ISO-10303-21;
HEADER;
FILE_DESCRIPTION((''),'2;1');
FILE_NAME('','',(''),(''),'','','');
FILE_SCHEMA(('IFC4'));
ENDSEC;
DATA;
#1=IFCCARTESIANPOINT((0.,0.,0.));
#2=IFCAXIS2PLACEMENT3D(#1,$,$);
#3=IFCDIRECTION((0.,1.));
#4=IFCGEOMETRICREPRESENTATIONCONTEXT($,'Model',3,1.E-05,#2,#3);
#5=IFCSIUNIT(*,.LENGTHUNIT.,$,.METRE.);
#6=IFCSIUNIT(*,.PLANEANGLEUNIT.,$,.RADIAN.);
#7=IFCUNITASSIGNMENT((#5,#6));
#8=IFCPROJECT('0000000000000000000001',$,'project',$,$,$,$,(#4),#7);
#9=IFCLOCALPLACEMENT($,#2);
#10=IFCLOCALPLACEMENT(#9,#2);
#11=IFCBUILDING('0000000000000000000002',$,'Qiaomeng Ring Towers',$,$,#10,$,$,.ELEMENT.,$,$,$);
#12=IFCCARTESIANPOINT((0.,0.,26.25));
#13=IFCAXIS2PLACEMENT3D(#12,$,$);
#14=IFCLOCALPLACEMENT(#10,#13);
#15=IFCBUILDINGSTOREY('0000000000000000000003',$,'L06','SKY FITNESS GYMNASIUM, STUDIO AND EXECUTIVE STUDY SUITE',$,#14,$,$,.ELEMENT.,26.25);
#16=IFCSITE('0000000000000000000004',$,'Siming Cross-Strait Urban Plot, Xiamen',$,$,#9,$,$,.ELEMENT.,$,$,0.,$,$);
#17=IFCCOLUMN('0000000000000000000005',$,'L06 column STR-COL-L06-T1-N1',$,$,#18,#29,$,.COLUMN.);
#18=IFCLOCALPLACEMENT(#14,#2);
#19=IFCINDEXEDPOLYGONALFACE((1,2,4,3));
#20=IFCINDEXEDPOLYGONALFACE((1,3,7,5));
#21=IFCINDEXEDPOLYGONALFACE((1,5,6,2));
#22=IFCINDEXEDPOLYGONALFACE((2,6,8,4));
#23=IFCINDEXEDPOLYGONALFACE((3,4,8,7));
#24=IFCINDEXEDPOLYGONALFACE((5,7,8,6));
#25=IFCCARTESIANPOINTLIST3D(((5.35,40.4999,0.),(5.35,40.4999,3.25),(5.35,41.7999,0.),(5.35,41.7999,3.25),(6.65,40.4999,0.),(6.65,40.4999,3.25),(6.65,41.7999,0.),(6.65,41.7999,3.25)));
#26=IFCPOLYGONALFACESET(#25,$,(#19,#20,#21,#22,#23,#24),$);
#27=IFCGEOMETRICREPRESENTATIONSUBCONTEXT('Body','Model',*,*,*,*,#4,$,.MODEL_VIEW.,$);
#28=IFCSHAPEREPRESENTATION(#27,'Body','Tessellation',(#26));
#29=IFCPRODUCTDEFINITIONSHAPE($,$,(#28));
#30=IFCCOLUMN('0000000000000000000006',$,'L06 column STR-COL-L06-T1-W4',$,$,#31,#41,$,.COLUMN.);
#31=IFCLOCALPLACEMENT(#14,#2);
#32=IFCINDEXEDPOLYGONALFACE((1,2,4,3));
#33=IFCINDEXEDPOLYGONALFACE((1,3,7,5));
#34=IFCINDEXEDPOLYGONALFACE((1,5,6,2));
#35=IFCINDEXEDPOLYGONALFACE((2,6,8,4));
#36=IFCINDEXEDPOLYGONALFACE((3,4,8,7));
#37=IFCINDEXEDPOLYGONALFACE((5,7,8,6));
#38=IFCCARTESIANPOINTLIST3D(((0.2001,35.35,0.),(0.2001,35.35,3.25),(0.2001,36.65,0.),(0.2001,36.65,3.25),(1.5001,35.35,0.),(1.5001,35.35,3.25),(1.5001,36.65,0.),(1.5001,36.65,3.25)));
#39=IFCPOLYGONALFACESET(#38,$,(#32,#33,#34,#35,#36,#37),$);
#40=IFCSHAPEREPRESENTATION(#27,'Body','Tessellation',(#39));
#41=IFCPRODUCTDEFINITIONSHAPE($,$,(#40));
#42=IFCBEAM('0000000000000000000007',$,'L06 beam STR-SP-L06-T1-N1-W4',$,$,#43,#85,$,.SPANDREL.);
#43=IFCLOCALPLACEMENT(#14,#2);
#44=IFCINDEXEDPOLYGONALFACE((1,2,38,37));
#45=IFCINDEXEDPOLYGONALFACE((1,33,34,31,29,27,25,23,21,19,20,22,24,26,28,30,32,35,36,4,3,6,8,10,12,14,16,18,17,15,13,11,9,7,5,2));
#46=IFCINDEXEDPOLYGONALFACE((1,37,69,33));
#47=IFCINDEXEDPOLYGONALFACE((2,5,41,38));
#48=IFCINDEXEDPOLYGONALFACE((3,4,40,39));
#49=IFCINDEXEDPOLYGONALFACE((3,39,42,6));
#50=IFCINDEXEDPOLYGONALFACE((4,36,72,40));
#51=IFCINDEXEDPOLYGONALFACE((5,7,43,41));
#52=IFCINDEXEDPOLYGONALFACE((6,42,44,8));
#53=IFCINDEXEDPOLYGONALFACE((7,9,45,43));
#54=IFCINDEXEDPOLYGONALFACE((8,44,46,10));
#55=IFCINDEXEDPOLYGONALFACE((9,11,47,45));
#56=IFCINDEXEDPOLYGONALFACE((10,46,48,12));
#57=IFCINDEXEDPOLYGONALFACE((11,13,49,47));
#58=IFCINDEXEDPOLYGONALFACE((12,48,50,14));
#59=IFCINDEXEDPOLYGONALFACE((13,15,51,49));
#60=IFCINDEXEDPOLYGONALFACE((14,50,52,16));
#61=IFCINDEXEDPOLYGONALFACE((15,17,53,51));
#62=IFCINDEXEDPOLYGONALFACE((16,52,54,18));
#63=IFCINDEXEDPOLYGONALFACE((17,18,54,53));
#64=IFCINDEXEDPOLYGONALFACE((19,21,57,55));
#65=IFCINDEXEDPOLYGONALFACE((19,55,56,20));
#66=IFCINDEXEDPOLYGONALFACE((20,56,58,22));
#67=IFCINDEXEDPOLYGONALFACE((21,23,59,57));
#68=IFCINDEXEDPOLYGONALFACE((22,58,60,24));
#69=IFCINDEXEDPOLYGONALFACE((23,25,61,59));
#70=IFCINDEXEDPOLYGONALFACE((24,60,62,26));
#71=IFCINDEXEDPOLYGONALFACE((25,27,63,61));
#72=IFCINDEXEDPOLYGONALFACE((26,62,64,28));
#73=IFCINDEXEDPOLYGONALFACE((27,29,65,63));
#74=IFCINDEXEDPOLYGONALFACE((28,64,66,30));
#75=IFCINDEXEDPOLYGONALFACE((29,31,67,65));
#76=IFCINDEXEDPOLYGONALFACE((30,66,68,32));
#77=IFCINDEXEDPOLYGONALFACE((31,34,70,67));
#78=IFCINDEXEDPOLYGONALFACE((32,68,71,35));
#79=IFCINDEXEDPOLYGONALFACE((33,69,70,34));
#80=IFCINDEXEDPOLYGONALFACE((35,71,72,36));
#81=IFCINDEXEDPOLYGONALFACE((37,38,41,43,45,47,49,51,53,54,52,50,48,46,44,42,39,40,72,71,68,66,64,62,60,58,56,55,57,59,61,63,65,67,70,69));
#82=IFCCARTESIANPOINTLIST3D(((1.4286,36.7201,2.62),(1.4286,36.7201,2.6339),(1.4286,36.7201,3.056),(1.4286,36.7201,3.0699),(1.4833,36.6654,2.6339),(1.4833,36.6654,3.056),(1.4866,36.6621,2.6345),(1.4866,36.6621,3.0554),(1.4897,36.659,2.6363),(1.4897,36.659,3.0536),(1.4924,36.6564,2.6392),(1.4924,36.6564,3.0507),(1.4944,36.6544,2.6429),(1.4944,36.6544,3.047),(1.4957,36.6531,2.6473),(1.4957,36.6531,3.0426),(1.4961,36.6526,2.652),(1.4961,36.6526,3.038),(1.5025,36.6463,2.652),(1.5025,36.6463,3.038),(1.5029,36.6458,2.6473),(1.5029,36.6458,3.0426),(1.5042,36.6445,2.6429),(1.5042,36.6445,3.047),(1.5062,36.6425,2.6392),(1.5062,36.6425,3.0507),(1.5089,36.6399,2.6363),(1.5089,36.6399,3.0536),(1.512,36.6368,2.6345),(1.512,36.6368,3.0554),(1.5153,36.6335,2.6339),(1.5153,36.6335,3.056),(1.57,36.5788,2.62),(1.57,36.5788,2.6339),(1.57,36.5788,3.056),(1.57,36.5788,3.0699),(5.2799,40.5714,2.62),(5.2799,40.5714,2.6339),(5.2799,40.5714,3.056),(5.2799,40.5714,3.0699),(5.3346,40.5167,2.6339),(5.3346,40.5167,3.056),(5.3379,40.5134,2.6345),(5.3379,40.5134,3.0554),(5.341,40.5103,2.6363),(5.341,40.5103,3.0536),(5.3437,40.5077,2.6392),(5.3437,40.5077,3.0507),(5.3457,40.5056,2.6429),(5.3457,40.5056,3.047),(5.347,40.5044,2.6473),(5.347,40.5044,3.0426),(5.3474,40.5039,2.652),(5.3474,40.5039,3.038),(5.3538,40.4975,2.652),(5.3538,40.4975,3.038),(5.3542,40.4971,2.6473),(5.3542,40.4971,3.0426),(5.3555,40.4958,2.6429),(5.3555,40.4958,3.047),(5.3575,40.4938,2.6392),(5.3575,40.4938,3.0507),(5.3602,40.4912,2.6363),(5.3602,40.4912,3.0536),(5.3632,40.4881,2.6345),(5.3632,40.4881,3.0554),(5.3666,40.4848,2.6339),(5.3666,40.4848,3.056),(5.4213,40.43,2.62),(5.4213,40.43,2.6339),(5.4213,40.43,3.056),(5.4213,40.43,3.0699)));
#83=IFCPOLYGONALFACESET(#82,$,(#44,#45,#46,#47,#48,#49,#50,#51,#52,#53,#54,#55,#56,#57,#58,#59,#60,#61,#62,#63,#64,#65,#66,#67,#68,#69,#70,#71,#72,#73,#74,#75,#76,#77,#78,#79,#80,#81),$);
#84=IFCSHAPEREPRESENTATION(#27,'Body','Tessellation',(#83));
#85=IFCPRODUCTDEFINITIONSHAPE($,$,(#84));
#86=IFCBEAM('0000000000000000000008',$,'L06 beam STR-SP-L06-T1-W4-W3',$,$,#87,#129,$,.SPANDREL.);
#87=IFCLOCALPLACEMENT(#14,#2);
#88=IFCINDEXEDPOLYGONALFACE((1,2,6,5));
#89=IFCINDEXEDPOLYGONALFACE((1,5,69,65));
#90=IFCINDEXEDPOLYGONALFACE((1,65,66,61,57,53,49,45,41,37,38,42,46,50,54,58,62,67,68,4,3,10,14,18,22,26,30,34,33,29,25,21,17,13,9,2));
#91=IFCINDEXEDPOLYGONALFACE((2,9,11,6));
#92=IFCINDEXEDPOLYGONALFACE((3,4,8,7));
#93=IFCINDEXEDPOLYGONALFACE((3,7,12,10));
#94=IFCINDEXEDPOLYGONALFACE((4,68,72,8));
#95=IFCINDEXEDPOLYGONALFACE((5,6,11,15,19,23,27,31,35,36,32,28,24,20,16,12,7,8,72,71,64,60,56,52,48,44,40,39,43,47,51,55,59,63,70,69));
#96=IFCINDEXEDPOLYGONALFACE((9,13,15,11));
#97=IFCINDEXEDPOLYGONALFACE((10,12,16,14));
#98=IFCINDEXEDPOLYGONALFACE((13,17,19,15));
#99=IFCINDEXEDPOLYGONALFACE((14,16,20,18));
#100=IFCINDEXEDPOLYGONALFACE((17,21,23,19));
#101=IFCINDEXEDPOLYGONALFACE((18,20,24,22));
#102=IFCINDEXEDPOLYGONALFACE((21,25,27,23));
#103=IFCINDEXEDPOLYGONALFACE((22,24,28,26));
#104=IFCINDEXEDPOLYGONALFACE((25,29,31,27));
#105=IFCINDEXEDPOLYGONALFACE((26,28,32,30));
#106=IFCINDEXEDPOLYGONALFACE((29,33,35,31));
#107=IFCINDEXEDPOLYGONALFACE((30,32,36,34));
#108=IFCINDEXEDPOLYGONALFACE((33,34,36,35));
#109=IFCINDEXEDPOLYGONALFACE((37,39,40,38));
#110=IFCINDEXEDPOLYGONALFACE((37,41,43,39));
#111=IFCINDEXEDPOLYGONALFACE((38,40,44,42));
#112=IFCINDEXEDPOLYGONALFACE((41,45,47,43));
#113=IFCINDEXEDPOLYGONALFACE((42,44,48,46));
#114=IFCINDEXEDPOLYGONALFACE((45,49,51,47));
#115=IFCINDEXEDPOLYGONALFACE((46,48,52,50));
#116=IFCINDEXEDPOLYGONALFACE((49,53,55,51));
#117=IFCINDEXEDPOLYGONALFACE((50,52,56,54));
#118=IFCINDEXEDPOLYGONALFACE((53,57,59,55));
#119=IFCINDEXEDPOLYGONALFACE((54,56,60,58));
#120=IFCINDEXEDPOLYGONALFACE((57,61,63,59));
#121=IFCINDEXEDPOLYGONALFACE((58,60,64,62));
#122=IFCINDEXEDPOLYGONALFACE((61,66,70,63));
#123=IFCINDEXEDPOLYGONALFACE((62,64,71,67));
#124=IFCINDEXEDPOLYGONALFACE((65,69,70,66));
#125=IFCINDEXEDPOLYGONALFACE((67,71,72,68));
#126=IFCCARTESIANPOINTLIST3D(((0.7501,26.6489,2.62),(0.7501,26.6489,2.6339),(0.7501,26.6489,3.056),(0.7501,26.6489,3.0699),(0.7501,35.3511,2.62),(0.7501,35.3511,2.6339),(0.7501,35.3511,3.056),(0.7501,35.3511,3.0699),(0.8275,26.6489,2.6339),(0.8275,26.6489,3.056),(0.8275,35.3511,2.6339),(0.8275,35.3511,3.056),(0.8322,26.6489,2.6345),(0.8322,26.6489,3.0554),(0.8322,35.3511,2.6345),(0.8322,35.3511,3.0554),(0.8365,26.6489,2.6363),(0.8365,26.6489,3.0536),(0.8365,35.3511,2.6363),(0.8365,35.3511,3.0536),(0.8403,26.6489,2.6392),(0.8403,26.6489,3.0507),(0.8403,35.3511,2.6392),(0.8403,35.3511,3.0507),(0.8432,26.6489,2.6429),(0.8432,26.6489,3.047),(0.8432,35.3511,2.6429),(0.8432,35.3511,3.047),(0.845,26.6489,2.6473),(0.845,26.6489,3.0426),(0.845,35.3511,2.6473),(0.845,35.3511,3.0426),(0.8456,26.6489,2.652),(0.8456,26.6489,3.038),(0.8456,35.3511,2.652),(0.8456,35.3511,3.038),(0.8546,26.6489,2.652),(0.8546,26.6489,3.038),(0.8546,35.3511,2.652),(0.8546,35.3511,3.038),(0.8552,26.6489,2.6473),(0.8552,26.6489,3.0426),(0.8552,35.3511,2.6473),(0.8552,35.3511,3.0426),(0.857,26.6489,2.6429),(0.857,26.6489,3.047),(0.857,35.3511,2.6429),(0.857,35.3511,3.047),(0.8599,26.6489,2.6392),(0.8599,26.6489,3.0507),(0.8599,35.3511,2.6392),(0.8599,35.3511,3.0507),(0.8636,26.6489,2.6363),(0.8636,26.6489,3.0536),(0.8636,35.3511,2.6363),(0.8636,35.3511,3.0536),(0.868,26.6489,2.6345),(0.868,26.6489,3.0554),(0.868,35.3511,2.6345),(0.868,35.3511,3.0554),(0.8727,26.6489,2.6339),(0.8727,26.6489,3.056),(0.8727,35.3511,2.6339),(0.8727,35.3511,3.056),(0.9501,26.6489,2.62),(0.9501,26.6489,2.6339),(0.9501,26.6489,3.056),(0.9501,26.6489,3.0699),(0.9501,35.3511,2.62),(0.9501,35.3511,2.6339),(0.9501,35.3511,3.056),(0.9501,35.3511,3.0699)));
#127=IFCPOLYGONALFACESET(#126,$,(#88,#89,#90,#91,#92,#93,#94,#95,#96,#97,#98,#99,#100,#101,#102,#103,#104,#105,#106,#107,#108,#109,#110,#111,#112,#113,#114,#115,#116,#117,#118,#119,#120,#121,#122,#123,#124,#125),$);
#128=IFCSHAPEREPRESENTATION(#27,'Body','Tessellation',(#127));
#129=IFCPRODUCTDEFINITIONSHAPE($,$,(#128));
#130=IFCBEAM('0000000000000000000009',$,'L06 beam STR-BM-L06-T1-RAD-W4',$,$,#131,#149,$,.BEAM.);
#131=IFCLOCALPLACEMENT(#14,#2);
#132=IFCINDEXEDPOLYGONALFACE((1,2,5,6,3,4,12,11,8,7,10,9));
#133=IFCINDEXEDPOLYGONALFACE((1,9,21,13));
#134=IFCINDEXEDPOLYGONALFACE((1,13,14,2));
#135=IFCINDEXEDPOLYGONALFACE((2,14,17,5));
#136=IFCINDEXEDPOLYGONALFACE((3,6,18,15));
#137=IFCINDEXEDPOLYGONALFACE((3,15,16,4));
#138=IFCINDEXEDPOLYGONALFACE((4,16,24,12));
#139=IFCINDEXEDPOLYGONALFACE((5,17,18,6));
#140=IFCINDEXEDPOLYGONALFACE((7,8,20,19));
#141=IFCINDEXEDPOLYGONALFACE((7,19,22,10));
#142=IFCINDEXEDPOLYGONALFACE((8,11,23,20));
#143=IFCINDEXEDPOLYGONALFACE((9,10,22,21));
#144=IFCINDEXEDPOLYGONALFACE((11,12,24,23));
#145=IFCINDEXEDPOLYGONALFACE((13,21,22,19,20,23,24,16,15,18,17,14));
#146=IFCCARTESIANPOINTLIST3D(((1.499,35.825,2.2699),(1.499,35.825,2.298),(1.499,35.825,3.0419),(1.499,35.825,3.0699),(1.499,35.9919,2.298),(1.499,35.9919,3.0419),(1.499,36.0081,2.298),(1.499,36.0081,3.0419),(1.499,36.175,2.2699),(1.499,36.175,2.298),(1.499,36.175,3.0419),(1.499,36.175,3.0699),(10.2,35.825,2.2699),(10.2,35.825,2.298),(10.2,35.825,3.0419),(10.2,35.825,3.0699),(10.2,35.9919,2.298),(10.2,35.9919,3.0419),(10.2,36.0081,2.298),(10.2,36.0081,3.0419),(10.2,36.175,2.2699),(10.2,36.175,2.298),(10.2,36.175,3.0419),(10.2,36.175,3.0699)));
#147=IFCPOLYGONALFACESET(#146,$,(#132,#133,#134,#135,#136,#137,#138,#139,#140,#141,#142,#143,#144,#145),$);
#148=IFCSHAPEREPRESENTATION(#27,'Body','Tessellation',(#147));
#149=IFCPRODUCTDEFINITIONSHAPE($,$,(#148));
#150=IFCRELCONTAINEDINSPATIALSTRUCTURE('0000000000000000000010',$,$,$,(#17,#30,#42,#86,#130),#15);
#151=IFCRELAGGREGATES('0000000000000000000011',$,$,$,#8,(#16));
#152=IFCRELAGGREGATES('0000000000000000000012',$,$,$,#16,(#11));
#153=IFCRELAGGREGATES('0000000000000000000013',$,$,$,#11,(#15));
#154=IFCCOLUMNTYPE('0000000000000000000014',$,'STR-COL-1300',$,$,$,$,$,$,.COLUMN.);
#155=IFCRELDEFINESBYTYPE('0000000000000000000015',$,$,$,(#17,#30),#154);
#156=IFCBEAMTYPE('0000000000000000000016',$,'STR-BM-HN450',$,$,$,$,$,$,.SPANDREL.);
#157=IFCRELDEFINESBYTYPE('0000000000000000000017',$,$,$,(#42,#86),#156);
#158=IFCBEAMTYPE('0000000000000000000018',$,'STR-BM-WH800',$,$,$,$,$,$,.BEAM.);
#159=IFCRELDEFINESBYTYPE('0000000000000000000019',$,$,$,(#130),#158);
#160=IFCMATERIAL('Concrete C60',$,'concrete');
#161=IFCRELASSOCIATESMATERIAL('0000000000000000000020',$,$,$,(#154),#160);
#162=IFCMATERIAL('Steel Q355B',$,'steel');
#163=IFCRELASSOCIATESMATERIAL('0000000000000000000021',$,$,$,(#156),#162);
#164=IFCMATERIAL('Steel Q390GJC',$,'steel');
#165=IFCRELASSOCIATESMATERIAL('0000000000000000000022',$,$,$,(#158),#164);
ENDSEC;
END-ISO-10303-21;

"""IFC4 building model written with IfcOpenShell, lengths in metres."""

from ifc_helpers import new_model, si_unit, direction, frame, origin, origin_2d, place, context, subcontext, project, spatial, rectangle, i_section, extrude, source, transform, mapped, material, material_profile, profile_set, type_object, element, save


model = new_model("IFC4")

# Units and contexts
model_context = context("Model", 3, precision=1e-05, world=origin(), true_north=direction((0.0, 1.0)))
body_context = subcontext(model_context, "Body", "Model", "MODEL_VIEW")
ifc_project = project(units=[si_unit("LENGTHUNIT", "METRE"), si_unit("PLANEANGLEUNIT", "RADIAN")], contexts=[model_context])

# Site, building, storey
site_placement = place(None, origin())
site = spatial("IfcSite", under=ifc_project, at=site_placement, Name="Siming Cross-Strait Urban Plot, Xiamen", CompositionType="ELEMENT", RefElevation=0.0)
building_placement = place(site_placement, origin())
building = spatial("IfcBuilding", under=site, at=building_placement, Name="Qiaomeng Ring Towers", CompositionType="ELEMENT")
storey_placement = place(building_placement, frame((0.0, 0.0, 26.25)))
storey = spatial("IfcBuildingStorey", under=building, at=storey_placement, Name="L06", Description="SKY FITNESS GYMNASIUM, STUDIO AND EXECUTIVE STUDY SUITE", CompositionType="ELEMENT", Elevation=26.25)

# Columns
ifc_material_1 = material(Name="Concrete C60", Category="concrete")
ifc_material_profile_1 = material_profile(ifc_material_1, rectangle(XDim=1.3, YDim=1.3, at=origin_2d()), Name="RC COL 1300x1300")
ifc_profile_set_1 = profile_set([ifc_material_profile_1], Name="Concrete C60")
column_type = type_object("IfcColumnType", Name="STR-COL-1300", PredefinedType="COLUMN", material=ifc_profile_set_1)
shared_shape_1 = source(origin(), body_context, "Body", "SweptSolid", [
    extrude(rectangle(XDim=1.3, YDim=1.3, at=origin_2d()), origin(), (0.0, 0.0, 1.0), 3.25),
])
for number, where, z_axis, x_axis, name in (
    (1, (6.0, 41.1499, 0.0), (0.0, 0.0, 1.0), (1.0, 0.0, 0.0), "L06 column STR-COL-L06-T1-N1"),
    (2, (0.8501, 36.0, 0.0), (0.0, 0.0, 1.0), (1.0, 0.0, 0.0), "L06 column STR-COL-L06-T1-W4"),
):
    element("IfcColumn", number, at=place(storey_placement, frame(where, z_axis=z_axis, x_axis=x_axis)), inside=storey, type_object=column_type, Name=name, PredefinedType="COLUMN", context=body_context, shape_type="MappedRepresentation", body=[
        mapped(shared_shape_1, transform((0.0, 0.0, 0.0), x_axis=(1.0, 0.0, 0.0), y_axis=(0.0, 1.0, 0.0), z_axis=(0.0, 0.0, 1.0), scale=1.0)),
    ])

# Beams
ifc_material_2 = material(Name="Steel Q355B", Category="steel")
ifc_material_profile_2 = material_profile(ifc_material_2, i_section(OverallWidth=0.2, OverallDepth=0.45, WebThickness=0.009, FlangeThickness=0.0139, FilletRadius=0.0181, at=origin_2d()), Name="HN 450x200x9x14")
ifc_profile_set_2 = profile_set([ifc_material_profile_2], Name="Steel Q355B")
beam_type_1 = type_object("IfcBeamType", Name="STR-BM-HN450", PredefinedType="SPANDREL", material=ifc_profile_set_2)
shared_shape_2 = source(origin(), body_context, "Body", "SweptSolid", [
    extrude(i_section(OverallWidth=0.2, OverallDepth=0.45, WebThickness=0.009, FlangeThickness=0.0139, FilletRadius=0.0181, at=origin_2d()), origin(), (0.0, 0.0, 1.0), 5.4465),
])
beam_1_placement = place(storey_placement, frame((5.3506, 40.5007, 2.845), z_axis=(-0.707107, -0.707107, 0.0), x_axis=(0.707107, -0.707107, 0.0)))
element("IfcBeam", 3, at=beam_1_placement, inside=storey, type_object=beam_type_1, Name="L06 beam STR-SP-L06-T1-N1-W4", PredefinedType="SPANDREL", context=body_context, shape_type="MappedRepresentation", body=[
    mapped(shared_shape_2, transform((0.0, 0.0, 0.0), x_axis=(1.0, 0.0, 0.0), y_axis=(0.0, 1.0, 0.0), z_axis=(0.0, 0.0, 1.0), scale=1.0)),
])
shared_shape_3 = source(origin(), body_context, "Body", "SweptSolid", [
    extrude(i_section(OverallWidth=0.2, OverallDepth=0.45, WebThickness=0.009, FlangeThickness=0.0139, FilletRadius=0.0181, at=origin_2d()), origin(), (0.0, 0.0, 1.0), 8.7021),
])
beam_2_placement = place(storey_placement, frame((0.8501, 35.3511, 2.845), z_axis=(0.0, -1.0, 0.0), x_axis=(1.0, 0.0, 0.0)))
element("IfcBeam", 4, at=beam_2_placement, inside=storey, type_object=beam_type_1, Name="L06 beam STR-SP-L06-T1-W4-W3", PredefinedType="SPANDREL", context=body_context, shape_type="MappedRepresentation", body=[
    mapped(shared_shape_3, transform((0.0, 0.0, 0.0), x_axis=(1.0, 0.0, 0.0), y_axis=(0.0, 1.0, 0.0), z_axis=(0.0, 0.0, 1.0), scale=1.0)),
])
ifc_material_3 = material(Name="Steel Q390GJC", Category="steel")
ifc_material_profile_3 = material_profile(ifc_material_3, i_section(OverallWidth=0.3501, OverallDepth=0.8, WebThickness=0.0161, FlangeThickness=0.0281, at=origin_2d()), Name="WH 800x350x16x28")
ifc_profile_set_3 = profile_set([ifc_material_profile_3], Name="Steel Q390GJC")
beam_type_2 = type_object("IfcBeamType", Name="STR-BM-WH800", PredefinedType="BEAM", material=ifc_profile_set_3)
shared_shape_4 = source(origin(), body_context, "Body", "SweptSolid", [
    extrude(i_section(OverallWidth=0.3501, OverallDepth=0.8, WebThickness=0.0161, FlangeThickness=0.0281, at=origin_2d()), origin(), (0.0, 0.0, 1.0), 8.7009),
])
beam_3_placement = place(storey_placement, frame((1.499, 36.0, 2.6699), z_axis=(1.0, 0.0, 0.0), x_axis=(0.0, 1.0, 0.0)))
element("IfcBeam", 5, at=beam_3_placement, inside=storey, type_object=beam_type_2, Name="L06 beam STR-BM-L06-T1-RAD-W4", PredefinedType="BEAM", context=body_context, shape_type="MappedRepresentation", body=[
    mapped(shared_shape_4, transform((0.0, 0.0, 0.0), x_axis=(1.0, 0.0, 0.0), y_axis=(0.0, 1.0, 0.0), z_axis=(0.0, 0.0, 1.0), scale=1.0)),
])

save(model, "model.ifc")
